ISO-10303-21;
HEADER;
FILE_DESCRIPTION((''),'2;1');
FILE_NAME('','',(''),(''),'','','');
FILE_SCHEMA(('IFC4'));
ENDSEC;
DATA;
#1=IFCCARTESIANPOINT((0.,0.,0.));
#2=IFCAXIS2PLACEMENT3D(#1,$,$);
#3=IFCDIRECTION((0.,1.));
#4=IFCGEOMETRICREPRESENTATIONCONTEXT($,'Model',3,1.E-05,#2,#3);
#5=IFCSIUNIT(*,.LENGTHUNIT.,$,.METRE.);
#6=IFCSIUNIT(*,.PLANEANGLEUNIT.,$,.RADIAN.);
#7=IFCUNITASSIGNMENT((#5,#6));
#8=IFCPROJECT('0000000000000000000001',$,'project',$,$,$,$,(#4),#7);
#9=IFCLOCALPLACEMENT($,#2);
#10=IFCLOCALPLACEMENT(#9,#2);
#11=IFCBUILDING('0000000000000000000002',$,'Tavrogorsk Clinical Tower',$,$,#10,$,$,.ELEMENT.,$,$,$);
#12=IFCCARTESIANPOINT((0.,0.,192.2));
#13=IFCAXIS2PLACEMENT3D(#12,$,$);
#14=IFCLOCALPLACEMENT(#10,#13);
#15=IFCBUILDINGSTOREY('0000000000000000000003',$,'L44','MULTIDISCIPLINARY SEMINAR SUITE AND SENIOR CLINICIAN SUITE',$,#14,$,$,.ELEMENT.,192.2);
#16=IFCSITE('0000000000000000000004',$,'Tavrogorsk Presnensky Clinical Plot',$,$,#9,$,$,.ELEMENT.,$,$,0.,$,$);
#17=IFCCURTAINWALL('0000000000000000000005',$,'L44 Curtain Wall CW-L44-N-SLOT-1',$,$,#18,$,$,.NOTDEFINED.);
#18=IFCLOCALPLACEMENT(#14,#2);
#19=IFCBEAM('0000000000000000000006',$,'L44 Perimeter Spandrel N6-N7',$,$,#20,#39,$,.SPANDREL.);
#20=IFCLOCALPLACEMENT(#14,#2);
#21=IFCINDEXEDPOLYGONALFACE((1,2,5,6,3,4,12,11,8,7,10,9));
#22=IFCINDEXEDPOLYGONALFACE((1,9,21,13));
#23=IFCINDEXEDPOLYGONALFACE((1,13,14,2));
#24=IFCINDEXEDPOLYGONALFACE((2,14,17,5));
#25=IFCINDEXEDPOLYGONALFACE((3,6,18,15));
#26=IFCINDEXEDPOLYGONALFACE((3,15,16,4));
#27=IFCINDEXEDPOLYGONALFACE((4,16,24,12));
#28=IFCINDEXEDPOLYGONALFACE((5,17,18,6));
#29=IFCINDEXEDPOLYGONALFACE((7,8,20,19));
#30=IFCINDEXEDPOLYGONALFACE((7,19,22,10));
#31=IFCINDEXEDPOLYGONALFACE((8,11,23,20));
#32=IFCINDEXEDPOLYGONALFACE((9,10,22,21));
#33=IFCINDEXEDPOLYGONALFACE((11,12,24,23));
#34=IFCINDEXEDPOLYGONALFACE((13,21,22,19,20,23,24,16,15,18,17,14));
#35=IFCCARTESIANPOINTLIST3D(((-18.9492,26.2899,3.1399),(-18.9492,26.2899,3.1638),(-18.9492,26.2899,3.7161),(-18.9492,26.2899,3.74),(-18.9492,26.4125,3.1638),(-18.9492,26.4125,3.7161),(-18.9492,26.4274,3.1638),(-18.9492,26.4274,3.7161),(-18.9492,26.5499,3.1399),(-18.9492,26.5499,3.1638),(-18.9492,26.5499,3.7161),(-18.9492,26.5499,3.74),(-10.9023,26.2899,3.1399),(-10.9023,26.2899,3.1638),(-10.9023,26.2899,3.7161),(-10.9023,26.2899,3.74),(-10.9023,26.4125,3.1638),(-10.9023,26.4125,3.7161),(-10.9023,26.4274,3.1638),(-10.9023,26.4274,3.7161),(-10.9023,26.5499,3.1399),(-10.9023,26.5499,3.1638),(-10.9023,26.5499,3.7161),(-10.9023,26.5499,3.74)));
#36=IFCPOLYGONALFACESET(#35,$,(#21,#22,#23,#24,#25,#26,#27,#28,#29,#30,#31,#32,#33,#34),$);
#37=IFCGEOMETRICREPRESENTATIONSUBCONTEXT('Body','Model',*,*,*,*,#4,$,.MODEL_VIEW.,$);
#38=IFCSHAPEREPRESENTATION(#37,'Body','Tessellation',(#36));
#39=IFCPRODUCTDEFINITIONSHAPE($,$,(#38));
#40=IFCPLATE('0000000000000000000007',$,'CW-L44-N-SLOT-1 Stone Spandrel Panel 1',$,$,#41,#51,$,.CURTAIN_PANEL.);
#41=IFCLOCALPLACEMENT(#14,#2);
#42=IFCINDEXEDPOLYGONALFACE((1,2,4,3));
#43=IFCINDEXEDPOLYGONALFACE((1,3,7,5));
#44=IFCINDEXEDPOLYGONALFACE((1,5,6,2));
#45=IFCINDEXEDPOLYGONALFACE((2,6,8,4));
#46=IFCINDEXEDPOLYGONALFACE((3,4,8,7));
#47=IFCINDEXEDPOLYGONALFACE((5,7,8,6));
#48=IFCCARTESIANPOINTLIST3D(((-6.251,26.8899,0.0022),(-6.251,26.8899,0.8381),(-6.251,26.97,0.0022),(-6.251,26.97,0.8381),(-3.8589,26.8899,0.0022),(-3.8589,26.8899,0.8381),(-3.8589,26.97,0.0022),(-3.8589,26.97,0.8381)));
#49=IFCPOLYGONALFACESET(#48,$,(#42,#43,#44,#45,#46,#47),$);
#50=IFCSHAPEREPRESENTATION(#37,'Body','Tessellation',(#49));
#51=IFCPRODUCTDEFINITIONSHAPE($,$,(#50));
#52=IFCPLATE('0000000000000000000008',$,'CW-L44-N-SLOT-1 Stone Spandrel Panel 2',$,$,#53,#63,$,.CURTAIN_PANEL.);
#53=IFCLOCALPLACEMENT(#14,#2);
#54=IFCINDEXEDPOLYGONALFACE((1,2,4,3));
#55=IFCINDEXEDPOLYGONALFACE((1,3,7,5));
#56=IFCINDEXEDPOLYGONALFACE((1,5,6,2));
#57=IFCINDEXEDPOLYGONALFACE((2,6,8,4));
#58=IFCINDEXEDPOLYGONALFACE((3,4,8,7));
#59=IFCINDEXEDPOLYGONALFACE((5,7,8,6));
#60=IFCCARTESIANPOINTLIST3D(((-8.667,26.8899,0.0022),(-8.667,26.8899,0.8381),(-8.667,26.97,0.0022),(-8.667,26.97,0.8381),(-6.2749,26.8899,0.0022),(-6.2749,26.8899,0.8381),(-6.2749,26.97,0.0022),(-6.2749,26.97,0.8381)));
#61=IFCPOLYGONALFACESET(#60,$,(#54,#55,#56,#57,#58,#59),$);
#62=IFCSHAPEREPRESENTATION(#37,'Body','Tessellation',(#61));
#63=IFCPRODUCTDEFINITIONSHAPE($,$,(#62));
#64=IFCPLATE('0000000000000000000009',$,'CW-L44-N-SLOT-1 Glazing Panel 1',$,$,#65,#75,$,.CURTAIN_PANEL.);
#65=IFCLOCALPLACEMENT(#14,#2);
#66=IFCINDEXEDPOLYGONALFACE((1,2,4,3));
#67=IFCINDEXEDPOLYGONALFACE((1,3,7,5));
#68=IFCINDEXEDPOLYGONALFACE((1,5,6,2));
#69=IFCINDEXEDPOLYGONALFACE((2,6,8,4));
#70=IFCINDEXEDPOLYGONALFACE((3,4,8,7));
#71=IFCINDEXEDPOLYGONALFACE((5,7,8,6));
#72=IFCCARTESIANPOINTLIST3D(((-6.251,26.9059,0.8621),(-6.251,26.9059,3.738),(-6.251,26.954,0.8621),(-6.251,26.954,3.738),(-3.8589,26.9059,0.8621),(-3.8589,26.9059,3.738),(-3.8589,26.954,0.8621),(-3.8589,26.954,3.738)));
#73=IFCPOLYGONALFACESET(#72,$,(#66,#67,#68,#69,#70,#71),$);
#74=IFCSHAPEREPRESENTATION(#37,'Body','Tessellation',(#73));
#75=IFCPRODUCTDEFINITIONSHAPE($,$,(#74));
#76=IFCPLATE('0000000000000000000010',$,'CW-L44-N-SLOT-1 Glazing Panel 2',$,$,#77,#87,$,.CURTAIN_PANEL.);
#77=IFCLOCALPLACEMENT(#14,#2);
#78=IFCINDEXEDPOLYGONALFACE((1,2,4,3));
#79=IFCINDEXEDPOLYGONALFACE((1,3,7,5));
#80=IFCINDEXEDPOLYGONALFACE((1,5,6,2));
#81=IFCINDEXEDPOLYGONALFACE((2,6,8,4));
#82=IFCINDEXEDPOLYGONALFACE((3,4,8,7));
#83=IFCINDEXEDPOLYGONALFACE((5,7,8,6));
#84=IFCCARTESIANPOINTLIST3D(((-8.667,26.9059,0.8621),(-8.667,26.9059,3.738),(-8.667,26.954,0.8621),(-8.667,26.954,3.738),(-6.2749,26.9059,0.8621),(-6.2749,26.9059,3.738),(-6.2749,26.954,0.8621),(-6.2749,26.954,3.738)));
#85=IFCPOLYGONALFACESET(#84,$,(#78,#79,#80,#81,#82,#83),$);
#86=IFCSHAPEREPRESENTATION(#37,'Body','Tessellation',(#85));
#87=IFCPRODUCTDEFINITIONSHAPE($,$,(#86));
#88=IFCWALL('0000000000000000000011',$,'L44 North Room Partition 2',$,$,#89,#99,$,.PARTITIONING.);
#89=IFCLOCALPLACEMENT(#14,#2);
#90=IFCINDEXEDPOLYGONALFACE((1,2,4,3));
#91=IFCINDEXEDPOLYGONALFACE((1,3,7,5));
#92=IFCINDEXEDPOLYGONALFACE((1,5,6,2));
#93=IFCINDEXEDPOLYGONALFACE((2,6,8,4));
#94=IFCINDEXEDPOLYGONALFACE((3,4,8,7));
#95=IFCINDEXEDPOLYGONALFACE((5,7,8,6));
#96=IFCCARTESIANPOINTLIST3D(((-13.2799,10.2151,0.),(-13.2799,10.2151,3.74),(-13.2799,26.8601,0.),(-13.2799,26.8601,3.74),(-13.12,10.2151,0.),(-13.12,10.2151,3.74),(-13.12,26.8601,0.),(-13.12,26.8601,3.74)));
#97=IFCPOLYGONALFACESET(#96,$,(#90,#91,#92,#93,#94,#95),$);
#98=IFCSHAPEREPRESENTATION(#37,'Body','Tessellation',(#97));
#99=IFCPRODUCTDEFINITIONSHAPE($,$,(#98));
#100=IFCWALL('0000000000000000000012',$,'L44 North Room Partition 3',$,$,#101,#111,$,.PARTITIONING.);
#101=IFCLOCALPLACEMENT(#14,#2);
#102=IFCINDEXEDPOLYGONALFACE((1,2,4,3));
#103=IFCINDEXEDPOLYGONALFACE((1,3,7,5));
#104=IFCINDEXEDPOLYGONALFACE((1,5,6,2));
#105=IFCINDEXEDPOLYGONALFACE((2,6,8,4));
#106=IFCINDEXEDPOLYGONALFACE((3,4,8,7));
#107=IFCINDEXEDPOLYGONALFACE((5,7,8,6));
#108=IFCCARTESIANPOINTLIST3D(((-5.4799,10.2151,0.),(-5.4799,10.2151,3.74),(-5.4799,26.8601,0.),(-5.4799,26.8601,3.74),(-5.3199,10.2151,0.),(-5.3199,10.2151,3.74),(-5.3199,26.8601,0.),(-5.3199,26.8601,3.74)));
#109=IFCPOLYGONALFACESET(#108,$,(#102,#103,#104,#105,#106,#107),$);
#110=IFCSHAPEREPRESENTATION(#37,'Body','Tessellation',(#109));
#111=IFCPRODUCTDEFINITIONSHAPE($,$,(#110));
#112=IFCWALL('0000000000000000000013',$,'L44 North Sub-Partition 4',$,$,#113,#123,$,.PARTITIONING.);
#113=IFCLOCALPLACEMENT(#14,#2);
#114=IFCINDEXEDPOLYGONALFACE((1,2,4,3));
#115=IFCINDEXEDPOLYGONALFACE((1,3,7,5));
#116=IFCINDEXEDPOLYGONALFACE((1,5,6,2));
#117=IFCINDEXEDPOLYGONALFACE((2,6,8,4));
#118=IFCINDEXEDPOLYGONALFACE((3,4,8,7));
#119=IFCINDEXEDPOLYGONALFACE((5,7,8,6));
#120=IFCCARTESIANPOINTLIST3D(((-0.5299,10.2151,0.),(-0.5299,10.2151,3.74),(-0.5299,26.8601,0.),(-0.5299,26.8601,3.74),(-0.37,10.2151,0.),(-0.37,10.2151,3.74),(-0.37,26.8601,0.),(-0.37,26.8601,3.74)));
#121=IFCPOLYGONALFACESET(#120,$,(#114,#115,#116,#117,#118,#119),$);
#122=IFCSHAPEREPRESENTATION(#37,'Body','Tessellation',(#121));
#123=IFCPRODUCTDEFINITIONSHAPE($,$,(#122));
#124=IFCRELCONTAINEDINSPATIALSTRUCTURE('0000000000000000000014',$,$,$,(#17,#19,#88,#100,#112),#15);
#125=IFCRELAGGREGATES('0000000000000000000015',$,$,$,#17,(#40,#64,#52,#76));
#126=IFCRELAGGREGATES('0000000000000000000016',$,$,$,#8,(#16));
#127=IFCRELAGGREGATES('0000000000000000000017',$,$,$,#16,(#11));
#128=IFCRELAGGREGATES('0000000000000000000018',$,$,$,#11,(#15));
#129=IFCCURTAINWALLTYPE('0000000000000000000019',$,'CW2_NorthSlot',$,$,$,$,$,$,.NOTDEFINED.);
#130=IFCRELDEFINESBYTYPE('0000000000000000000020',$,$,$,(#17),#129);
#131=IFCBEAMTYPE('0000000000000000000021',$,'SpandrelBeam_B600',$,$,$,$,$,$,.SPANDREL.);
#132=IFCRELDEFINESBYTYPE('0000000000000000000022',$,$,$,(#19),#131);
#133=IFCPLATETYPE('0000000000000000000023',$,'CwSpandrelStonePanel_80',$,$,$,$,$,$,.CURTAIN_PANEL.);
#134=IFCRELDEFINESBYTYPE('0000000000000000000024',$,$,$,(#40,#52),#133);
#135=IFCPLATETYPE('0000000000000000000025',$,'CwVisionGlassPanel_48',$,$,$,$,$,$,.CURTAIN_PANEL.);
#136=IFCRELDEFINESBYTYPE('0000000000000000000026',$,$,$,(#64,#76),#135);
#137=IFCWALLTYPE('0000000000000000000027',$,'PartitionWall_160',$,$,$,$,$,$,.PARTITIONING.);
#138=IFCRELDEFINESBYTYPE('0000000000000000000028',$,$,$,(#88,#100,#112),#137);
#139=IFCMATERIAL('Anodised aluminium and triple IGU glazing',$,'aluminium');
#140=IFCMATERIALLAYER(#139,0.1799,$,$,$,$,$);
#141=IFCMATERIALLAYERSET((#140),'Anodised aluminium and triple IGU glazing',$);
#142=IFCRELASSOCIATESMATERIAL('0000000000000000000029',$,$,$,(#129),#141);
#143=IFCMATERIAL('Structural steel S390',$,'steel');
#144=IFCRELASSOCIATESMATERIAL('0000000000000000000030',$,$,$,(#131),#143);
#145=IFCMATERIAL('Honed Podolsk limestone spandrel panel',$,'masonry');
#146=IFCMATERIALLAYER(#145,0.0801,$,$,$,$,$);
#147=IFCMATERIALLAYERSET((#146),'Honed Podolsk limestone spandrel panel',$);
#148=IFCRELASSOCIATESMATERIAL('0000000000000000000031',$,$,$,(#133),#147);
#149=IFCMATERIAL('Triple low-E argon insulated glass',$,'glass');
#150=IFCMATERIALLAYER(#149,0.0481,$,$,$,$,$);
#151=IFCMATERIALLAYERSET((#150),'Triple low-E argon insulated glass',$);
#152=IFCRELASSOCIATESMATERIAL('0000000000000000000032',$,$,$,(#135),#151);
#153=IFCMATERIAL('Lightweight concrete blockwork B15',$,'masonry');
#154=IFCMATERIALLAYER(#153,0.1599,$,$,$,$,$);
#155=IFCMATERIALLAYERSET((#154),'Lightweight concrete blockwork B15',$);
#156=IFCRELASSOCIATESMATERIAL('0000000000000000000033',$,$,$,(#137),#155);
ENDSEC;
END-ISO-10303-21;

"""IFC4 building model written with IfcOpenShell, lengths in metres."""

from ifc_helpers import new_model, si_unit, direction, frame, frame_2d, origin, origin_2d, place, context, subcontext, project, spatial, rectangle, i_section, extrude, material, layer, layer_set, material_profile, profile_set, type_object, element, aggregate, save


model = new_model("IFC4")

# Units and contexts
model_context = context("Model", 3, precision=1e-05, world=origin(), true_north=direction((0.0, 1.0)))
body_context = subcontext(model_context, "Body", "Model", "MODEL_VIEW")
ifc_project = project(units=[si_unit("LENGTHUNIT", "METRE"), si_unit("PLANEANGLEUNIT", "RADIAN")], contexts=[model_context])

# Site, building, storey
site_placement = place(None, origin())
site = spatial("IfcSite", under=ifc_project, at=site_placement, Name="Tavrogorsk Presnensky Clinical Plot", CompositionType="ELEMENT", RefElevation=0.0)
building_placement = place(site_placement, origin())
building = spatial("IfcBuilding", under=site, at=building_placement, Name="Tavrogorsk Clinical Tower", CompositionType="ELEMENT")
storey_placement = place(building_placement, frame((0.0, 0.0, 192.2)))
storey = spatial("IfcBuildingStorey", under=building, at=storey_placement, Name="L44", Description="MULTIDISCIPLINARY SEMINAR SUITE AND SENIOR CLINICIAN SUITE", CompositionType="ELEMENT", Elevation=192.2)

# Curtain wall
ifc_material_1 = material(Name="Anodised aluminium and triple IGU glazing", Category="aluminium")
ifc_layer_1 = layer(ifc_material_1, 0.1799)
ifc_layer_set_1 = layer_set([ifc_layer_1], Name="Anodised aluminium and triple IGU glazing")
curtain_wall_type = type_object("IfcCurtainWallType", Name="CW2_NorthSlot", PredefinedType="NOTDEFINED", material=ifc_layer_set_1)
curtain_wall_placement = place(storey_placement, origin())
curtain_wall = element("IfcCurtainWall", 1, at=curtain_wall_placement, inside=storey, type_object=curtain_wall_type, Name="L44 Curtain Wall CW-L44-N-SLOT-1", PredefinedType="NOTDEFINED")

# Beam
ifc_material_2 = material(Name="Structural steel S390", Category="steel")
ifc_material_profile_1 = material_profile(ifc_material_2, i_section(OverallWidth=0.26, OverallDepth=0.6001, WebThickness=0.0149, FlangeThickness=0.0239, at=origin_2d()), Name="B-600x260x15x24")
ifc_profile_set_1 = profile_set([ifc_material_profile_1], Name="Structural steel S390")
beam_type = type_object("IfcBeamType", Name="SpandrelBeam_B600", PredefinedType="SPANDREL", material=ifc_profile_set_1)
for number, where, z_axis, x_axis, name in (
    (2, (-10.9023, 26.4199, 3.4399), (-1.0, 0.0, 0.0), (0.0, -1.0, 0.0), "L44 Perimeter Spandrel N6-N7"),
):
    element("IfcBeam", number, at=place(storey_placement, frame(where, z_axis=z_axis, x_axis=x_axis)), inside=storey, type_object=beam_type, Name=name, PredefinedType="SPANDREL", context=body_context, shape_type="SweptSolid", body=[
        extrude(i_section(OverallWidth=0.26, OverallDepth=0.6001, WebThickness=0.0149, FlangeThickness=0.0239, at=origin_2d()), origin(), (0.0, 0.0, 1.0), 8.0469),
    ])

# Plates
ifc_material_3 = material(Name="Honed Podolsk limestone spandrel panel", Category="masonry")
ifc_layer_2 = layer(ifc_material_3, 0.0801)
ifc_layer_set_2 = layer_set([ifc_layer_2], Name="Honed Podolsk limestone spandrel panel")
plate_type_1 = type_object("IfcPlateType", Name="CwSpandrelStonePanel_80", PredefinedType="CURTAIN_PANEL", material=ifc_layer_set_2)
plate_1_placement = place(storey_placement, frame((-5.0549, 26.9299, 0.0022), z_axis=(0.0, 0.0, 1.0), x_axis=(-1.0, 0.0, 0.0)))
plate_1 = element("IfcPlate", 3, at=plate_1_placement, type_object=plate_type_1, Name="CW-L44-N-SLOT-1 Stone Spandrel Panel 1", PredefinedType="CURTAIN_PANEL", context=body_context, shape_type="SweptSolid", body=[
    extrude(rectangle(XDim=2.3921, YDim=0.0801, at=origin_2d()), origin(), (0.0, 0.0, 1.0), 0.8359),
])
plate_2_placement = place(storey_placement, frame((-7.4709, 26.9299, 0.0022), z_axis=(0.0, 0.0, 1.0), x_axis=(-1.0, 0.0, 0.0)))
plate_2 = element("IfcPlate", 4, at=plate_2_placement, type_object=plate_type_1, Name="CW-L44-N-SLOT-1 Stone Spandrel Panel 2", PredefinedType="CURTAIN_PANEL", context=body_context, shape_type="SweptSolid", body=[
    extrude(rectangle(XDim=2.3921, YDim=0.0801, at=origin_2d()), origin(), (0.0, 0.0, 1.0), 0.8359),
])
ifc_material_4 = material(Name="Triple low-E argon insulated glass", Category="glass")
ifc_layer_3 = layer(ifc_material_4, 0.0481)
ifc_layer_set_3 = layer_set([ifc_layer_3], Name="Triple low-E argon insulated glass")
plate_type_2 = type_object("IfcPlateType", Name="CwVisionGlassPanel_48", PredefinedType="CURTAIN_PANEL", material=ifc_layer_set_3)
plate_3_placement = place(storey_placement, frame((-5.0549, 26.9299, 0.8621), z_axis=(0.0, 0.0, 1.0), x_axis=(-1.0, 0.0, 0.0)))
plate_3 = element("IfcPlate", 5, at=plate_3_placement, type_object=plate_type_2, Name="CW-L44-N-SLOT-1 Glazing Panel 1", PredefinedType="CURTAIN_PANEL", context=body_context, shape_type="SweptSolid", body=[
    extrude(rectangle(XDim=2.3921, YDim=0.0481, at=origin_2d()), origin(), (0.0, 0.0, 1.0), 2.876),
])
plate_4_placement = place(storey_placement, frame((-7.4709, 26.9299, 0.8621), z_axis=(0.0, 0.0, 1.0), x_axis=(-1.0, 0.0, 0.0)))
plate_4 = element("IfcPlate", 6, at=plate_4_placement, type_object=plate_type_2, Name="CW-L44-N-SLOT-1 Glazing Panel 2", PredefinedType="CURTAIN_PANEL", context=body_context, shape_type="SweptSolid", body=[
    extrude(rectangle(XDim=2.3921, YDim=0.0481, at=origin_2d()), origin(), (0.0, 0.0, 1.0), 2.876),
])
aggregate(curtain_wall, [plate_1, plate_3, plate_2, plate_4])

# Walls
ifc_material_5 = material(Name="Lightweight concrete blockwork B15", Category="masonry")
ifc_layer_4 = layer(ifc_material_5, 0.1599)
ifc_layer_set_4 = layer_set([ifc_layer_4], Name="Lightweight concrete blockwork B15")
wall_type_1 = type_object("IfcWallType", Name="PartitionWall_160", PredefinedType="PARTITIONING", material=ifc_layer_set_4)
for number, where, z_axis, x_axis, name in (
    (7, (-13.2, 10.2151, 0.0), (0.0, 0.0, 1.0), (0.0, 1.0, 0.0), "L44 North Room Partition 2"),
    (8, (-5.3999, 10.2151, 0.0), (0.0, 0.0, 1.0), (0.0, 1.0, 0.0), "L44 North Room Partition 3"),
    (9, (-0.45, 10.2151, 0.0), (0.0, 0.0, 1.0), (0.0, 1.0, 0.0), "L44 North Sub-Partition 4"),
):
    element("IfcWall", number, at=place(storey_placement, frame(where, z_axis=z_axis, x_axis=x_axis)), inside=storey, type_object=wall_type_1, Name=name, PredefinedType="PARTITIONING", context=body_context, shape_type="SweptSolid", body=[
        extrude(rectangle(XDim=16.645, YDim=0.1599, at=frame_2d((8.3225, 0.0))), origin(), (0.0, 0.0, 1.0), 3.74),
    ])

save(model, "model.ifc")
